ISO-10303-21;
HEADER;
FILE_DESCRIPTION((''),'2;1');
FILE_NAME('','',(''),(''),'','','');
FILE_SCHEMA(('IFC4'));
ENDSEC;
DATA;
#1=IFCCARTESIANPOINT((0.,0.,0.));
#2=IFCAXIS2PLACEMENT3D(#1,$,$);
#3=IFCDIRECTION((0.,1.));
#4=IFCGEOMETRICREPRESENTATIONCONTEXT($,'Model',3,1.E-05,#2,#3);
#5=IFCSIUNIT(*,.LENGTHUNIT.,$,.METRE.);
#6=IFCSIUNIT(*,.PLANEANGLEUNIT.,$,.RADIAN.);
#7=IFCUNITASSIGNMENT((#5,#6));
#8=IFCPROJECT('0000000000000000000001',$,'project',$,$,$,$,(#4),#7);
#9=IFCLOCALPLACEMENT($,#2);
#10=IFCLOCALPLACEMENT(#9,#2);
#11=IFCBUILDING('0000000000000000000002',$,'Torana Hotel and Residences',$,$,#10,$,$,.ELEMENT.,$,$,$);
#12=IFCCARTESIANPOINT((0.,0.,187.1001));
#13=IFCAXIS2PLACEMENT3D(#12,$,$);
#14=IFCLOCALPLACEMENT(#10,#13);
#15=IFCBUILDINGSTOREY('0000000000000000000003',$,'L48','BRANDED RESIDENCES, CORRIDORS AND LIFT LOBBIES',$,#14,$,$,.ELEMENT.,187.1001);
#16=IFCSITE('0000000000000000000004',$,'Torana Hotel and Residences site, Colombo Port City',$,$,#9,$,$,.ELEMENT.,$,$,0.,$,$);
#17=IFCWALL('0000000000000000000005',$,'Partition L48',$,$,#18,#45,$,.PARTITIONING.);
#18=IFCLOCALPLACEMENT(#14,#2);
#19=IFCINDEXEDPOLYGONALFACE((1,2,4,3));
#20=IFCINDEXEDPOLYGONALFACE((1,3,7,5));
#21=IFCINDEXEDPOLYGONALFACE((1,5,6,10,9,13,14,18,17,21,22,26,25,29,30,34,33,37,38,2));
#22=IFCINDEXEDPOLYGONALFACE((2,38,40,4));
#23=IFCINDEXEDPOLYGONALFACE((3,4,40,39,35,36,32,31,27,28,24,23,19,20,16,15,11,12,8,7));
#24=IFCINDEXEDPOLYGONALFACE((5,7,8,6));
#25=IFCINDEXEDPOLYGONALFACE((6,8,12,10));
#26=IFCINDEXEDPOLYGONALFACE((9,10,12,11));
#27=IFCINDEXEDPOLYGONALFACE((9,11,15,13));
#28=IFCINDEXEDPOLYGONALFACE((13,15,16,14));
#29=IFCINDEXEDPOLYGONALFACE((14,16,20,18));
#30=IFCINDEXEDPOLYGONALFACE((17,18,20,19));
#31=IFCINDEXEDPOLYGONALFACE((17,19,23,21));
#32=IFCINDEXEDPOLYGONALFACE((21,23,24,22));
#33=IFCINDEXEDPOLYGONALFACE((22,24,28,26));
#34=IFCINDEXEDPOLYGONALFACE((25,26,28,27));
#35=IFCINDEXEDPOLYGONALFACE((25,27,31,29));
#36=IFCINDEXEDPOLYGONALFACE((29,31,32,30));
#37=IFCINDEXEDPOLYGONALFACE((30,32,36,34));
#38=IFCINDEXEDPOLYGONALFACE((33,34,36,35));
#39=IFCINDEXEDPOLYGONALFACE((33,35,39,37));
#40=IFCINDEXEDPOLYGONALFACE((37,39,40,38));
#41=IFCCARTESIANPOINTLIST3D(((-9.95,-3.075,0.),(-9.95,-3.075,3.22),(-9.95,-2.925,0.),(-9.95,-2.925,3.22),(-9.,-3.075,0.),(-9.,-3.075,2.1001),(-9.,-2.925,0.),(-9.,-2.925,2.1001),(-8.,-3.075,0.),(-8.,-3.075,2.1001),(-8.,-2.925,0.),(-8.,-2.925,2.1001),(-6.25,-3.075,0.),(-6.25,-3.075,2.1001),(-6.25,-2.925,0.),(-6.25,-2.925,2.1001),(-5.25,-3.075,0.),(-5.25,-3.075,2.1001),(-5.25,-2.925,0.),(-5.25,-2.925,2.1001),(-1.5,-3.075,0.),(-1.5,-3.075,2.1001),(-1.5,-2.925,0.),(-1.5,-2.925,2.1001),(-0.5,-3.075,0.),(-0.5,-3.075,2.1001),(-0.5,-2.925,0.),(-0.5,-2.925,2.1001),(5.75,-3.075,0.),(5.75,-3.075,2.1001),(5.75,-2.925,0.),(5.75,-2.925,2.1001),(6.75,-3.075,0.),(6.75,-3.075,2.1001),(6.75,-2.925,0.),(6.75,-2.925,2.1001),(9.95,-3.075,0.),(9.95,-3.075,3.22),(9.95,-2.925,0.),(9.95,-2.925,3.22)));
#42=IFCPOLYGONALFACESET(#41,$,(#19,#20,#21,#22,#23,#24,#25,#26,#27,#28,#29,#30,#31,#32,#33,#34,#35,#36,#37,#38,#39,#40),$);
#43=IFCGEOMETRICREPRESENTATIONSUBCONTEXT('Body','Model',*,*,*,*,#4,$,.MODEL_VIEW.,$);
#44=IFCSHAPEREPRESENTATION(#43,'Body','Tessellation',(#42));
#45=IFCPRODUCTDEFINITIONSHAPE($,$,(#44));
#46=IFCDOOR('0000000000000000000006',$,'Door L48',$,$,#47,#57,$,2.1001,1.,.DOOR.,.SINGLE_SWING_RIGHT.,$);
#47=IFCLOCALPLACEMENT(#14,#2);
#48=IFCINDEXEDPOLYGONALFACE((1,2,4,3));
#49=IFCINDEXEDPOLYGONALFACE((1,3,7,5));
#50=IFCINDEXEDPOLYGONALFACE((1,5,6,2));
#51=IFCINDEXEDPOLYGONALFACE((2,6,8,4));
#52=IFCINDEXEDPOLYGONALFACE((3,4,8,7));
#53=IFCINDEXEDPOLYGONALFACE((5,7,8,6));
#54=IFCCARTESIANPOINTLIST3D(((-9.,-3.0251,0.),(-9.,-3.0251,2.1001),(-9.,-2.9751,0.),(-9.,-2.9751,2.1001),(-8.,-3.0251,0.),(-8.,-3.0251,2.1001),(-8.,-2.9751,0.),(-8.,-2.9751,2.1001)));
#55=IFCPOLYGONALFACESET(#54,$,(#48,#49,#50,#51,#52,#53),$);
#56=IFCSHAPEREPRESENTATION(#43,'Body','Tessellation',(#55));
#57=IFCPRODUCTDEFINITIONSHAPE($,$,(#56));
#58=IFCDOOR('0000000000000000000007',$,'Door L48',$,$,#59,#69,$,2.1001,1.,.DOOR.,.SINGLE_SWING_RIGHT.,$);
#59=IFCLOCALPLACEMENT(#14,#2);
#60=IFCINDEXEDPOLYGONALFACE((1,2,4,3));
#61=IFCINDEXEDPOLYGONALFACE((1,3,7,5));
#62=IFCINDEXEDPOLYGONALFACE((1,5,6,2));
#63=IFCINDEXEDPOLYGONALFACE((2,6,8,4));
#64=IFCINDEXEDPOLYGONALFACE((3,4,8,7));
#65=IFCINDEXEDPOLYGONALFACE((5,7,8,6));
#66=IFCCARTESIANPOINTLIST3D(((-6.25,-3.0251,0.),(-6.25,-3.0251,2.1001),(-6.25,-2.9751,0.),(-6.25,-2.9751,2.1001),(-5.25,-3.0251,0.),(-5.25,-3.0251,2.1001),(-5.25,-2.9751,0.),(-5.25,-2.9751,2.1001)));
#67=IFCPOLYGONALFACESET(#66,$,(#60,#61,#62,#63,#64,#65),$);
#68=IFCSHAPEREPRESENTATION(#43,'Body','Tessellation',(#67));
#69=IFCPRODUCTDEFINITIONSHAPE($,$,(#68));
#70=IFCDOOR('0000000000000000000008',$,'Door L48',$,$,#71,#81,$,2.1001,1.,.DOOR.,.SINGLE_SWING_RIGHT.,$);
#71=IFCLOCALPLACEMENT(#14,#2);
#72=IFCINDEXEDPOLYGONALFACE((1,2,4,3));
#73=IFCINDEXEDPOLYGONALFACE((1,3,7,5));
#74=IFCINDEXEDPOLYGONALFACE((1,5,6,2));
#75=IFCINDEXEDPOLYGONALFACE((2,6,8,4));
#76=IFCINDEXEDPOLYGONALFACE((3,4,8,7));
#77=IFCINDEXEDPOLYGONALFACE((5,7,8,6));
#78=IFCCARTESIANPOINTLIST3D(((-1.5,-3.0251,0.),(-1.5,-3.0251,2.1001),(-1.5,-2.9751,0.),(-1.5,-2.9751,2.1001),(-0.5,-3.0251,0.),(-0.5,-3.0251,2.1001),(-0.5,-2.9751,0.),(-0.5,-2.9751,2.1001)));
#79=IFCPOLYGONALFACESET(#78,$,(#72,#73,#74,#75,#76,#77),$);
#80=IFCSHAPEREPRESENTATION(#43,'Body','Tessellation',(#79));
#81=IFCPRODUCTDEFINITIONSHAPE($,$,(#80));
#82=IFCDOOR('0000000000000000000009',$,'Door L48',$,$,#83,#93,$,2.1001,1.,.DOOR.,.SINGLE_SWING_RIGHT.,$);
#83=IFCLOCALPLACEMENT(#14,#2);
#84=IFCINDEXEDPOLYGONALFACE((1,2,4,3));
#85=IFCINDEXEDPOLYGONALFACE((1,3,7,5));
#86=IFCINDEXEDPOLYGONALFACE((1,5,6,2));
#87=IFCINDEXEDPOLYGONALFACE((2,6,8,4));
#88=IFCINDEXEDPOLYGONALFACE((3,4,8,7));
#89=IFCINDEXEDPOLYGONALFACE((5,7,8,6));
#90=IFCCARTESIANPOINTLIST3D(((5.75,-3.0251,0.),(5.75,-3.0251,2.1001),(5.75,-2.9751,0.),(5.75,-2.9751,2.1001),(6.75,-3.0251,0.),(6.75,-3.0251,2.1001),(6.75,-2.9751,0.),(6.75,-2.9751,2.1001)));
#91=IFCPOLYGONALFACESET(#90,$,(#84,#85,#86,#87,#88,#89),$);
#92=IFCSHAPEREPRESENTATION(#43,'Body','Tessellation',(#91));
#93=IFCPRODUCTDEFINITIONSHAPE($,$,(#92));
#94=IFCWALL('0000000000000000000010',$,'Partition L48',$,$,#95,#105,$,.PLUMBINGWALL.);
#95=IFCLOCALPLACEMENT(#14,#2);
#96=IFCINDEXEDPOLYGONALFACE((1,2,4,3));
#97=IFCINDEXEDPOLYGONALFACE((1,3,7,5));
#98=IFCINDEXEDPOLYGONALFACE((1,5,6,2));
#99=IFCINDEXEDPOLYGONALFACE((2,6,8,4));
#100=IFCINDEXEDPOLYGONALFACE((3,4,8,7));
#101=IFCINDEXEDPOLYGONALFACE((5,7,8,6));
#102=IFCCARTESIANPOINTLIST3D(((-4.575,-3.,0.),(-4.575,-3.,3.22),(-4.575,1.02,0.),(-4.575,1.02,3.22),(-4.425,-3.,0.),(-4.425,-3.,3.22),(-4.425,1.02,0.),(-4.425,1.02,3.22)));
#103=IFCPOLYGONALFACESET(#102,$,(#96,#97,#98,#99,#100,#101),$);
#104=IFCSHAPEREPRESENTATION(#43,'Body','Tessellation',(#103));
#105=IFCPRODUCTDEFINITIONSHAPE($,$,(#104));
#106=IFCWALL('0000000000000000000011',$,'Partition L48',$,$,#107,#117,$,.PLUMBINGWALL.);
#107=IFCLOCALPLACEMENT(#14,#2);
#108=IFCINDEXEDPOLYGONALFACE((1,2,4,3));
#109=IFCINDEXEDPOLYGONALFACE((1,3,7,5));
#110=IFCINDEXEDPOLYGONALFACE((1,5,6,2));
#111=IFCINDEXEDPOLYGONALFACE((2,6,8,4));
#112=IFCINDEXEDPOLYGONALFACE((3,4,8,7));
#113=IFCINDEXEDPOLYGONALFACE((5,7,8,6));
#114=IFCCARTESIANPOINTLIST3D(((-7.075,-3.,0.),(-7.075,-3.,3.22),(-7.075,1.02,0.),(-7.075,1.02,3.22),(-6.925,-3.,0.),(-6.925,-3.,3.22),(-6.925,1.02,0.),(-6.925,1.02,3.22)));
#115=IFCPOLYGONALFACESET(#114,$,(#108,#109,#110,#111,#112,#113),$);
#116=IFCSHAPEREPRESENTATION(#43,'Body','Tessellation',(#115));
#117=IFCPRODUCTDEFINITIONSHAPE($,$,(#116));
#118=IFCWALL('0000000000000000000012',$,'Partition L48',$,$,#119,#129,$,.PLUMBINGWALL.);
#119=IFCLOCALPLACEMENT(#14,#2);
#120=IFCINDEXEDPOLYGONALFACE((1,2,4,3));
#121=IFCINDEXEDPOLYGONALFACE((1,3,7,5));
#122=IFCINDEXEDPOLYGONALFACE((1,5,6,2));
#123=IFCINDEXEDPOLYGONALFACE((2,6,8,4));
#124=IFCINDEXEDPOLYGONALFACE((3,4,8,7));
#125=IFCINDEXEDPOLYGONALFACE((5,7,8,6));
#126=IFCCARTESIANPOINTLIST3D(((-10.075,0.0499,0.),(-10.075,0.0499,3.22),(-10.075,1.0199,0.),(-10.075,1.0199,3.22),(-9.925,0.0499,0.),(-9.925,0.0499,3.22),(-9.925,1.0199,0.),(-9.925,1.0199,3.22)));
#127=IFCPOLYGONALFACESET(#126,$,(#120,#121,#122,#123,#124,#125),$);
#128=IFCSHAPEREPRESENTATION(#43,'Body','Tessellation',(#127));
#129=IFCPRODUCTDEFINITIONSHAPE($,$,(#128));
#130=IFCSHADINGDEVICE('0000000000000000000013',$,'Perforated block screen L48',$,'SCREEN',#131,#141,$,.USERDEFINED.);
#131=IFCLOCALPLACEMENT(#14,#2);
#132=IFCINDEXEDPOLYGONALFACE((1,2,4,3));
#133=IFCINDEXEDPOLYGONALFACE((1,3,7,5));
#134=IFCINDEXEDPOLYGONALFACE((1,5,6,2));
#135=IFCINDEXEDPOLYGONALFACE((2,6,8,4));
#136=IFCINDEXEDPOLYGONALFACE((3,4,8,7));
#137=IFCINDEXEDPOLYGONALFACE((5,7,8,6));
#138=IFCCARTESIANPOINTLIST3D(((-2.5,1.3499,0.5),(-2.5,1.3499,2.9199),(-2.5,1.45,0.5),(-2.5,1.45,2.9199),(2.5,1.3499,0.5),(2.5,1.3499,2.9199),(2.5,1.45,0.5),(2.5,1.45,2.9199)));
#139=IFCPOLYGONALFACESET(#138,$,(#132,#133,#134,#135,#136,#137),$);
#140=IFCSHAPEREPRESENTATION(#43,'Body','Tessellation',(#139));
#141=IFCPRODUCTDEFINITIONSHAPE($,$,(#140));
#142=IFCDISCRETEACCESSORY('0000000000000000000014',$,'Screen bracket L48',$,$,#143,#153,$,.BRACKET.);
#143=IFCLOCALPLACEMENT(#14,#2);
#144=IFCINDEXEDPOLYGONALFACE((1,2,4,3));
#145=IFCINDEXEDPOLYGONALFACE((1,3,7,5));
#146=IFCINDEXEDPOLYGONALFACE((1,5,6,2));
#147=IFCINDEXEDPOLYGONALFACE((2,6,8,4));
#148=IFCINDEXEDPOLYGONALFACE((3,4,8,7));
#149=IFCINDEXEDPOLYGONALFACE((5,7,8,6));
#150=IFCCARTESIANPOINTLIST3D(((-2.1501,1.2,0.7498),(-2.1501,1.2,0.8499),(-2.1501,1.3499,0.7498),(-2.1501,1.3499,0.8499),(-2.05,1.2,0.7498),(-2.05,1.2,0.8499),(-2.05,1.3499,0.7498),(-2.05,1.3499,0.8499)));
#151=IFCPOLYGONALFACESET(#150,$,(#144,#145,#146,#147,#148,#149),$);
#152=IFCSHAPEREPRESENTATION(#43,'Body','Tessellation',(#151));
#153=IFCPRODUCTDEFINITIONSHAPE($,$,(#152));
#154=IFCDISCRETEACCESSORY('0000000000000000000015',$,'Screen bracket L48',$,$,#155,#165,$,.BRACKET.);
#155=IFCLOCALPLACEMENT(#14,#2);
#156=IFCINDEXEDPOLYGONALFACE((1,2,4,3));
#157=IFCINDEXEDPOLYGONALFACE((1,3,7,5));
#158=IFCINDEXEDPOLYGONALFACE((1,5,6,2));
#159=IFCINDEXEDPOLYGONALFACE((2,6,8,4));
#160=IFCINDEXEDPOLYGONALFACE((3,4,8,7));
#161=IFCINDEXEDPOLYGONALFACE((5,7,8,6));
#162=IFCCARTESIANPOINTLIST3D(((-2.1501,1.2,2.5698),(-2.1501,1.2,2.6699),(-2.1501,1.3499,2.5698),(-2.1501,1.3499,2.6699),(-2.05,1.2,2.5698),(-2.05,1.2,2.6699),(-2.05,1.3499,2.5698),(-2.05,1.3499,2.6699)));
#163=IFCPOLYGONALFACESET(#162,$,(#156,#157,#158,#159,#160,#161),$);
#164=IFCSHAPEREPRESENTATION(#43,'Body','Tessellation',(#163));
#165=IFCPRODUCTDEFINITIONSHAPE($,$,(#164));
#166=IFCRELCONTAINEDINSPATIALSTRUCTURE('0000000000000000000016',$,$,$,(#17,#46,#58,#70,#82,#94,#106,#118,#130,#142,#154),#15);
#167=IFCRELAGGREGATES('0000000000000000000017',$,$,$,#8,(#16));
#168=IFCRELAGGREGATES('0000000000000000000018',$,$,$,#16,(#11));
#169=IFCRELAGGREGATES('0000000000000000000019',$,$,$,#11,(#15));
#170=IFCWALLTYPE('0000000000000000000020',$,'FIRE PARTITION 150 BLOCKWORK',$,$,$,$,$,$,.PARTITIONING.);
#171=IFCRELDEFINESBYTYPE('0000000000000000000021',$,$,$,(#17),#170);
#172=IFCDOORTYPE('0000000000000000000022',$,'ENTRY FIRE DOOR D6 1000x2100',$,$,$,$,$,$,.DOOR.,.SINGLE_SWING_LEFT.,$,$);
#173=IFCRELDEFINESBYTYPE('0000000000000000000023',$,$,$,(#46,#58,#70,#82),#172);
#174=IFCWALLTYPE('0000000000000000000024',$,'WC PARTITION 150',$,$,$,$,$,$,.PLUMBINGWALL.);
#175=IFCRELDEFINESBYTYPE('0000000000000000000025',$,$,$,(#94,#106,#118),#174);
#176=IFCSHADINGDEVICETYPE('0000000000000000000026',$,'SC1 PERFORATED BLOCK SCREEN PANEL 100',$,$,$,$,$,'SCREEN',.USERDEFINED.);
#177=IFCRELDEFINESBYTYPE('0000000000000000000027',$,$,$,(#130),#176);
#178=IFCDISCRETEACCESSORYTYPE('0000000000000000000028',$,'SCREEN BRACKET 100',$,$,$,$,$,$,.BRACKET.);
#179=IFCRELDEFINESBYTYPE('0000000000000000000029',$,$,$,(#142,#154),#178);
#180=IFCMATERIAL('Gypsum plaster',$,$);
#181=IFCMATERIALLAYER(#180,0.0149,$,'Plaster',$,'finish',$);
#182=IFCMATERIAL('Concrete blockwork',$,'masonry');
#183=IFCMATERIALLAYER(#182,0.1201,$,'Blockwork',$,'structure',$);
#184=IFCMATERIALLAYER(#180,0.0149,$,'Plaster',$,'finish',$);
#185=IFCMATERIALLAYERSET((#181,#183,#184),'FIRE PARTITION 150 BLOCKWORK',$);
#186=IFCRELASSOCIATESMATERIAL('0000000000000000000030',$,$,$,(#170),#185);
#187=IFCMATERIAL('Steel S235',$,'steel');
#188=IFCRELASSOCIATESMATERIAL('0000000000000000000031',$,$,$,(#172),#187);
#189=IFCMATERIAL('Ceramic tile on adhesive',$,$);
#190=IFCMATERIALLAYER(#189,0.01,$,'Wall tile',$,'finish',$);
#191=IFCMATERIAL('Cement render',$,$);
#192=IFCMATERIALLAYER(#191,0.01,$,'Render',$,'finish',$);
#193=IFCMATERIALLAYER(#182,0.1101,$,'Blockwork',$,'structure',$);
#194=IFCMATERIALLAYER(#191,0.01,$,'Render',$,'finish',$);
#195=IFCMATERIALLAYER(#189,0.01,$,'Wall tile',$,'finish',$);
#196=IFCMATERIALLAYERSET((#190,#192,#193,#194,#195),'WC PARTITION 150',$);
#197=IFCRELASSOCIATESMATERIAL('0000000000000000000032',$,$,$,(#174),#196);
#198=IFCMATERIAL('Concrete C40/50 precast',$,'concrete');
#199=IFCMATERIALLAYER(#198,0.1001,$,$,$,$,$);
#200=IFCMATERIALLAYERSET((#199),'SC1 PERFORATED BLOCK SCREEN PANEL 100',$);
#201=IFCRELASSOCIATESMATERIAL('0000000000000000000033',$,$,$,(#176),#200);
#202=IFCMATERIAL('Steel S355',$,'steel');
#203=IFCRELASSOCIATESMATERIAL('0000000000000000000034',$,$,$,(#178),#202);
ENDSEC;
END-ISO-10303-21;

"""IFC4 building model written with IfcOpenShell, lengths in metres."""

from ifc_helpers import new_model, si_unit, direction, frame, frame_2d, origin, origin_2d, place, context, subcontext, project, spatial, rectangle, extrude, material, layer, layer_set, type_object, element, fill, save


model = new_model("IFC4")

# Units and contexts
model_context = context("Model", 3, precision=1e-05, world=origin(), true_north=direction((0.0, 1.0)))
body_context = subcontext(model_context, "Body", "Model", "MODEL_VIEW")
ifc_project = project(units=[si_unit("LENGTHUNIT", "METRE"), si_unit("PLANEANGLEUNIT", "RADIAN")], contexts=[model_context])

# Site, building, storey
site_placement = place(None, origin())
site = spatial("IfcSite", under=ifc_project, at=site_placement, Name="Torana Hotel and Residences site, Colombo Port City", CompositionType="ELEMENT", RefElevation=0.0)
building_placement = place(site_placement, origin())
building = spatial("IfcBuilding", under=site, at=building_placement, Name="Torana Hotel and Residences", CompositionType="ELEMENT")
storey_placement = place(building_placement, frame((0.0, 0.0, 187.1001)))
storey = spatial("IfcBuildingStorey", under=building, at=storey_placement, Name="L48", Description="BRANDED RESIDENCES, CORRIDORS AND LIFT LOBBIES", CompositionType="ELEMENT", Elevation=187.1001)

# Shared definitions
ifc_material_1 = material(Name="Gypsum plaster")
ifc_layer_1 = layer(ifc_material_1, 0.0149, Name="Plaster", Category="finish")
ifc_material_2 = material(Name="Concrete blockwork", Category="masonry")
ifc_layer_2 = layer(ifc_material_2, 0.1201, Name="Blockwork", Category="structure")
ifc_layer_3 = layer(ifc_material_1, 0.0149, Name="Plaster", Category="finish")
ifc_layer_set_1 = layer_set([ifc_layer_1, ifc_layer_2, ifc_layer_3], Name="FIRE PARTITION 150 BLOCKWORK")
wall_type_1 = type_object("IfcWallType", Name="FIRE PARTITION 150 BLOCKWORK", PredefinedType="PARTITIONING", material=ifc_layer_set_1)

# Wall, openings, doors
ifc_material_3 = material(Name="Steel S235", Category="steel")
door_type = type_object("IfcDoorType", Name="ENTRY FIRE DOOR D6 1000x2100", OperationType="SINGLE_SWING_LEFT", PredefinedType="DOOR", material=ifc_material_3)
wall_1_placement = place(storey_placement, frame((-9.95, -3.0, 0.0), z_axis=(0.0, 0.0, 1.0), x_axis=(1.0, 0.0, 0.0)))
wall_1 = element("IfcWall", 1, at=wall_1_placement, inside=storey, type_object=wall_type_1, Name="Partition L48", PredefinedType="PARTITIONING", context=body_context, shape_type="SweptSolid", body=[
    extrude(rectangle(XDim=19.8999, YDim=0.1499, at=frame_2d((9.95, 0.0))), origin(), (0.0, 0.0, 1.0), 3.22),
])
opening_1_placement = place(wall_1_placement, frame((0.95, 0.0, 0.0)))
opening_1 = element("IfcOpeningElement", 2, at=opening_1_placement, cuts=wall_1, PredefinedType="OPENING", context=body_context, shape_type="SweptSolid", body=[
    extrude(rectangle(XDim=1.0, YDim=2.1001, at=frame_2d((0.5, 1.05))), frame((0.0, 0.085, 0.0), z_axis=(0.0, -1.0, 0.0), x_axis=(1.0, 0.0, 0.0)), (0.0, 0.0, 1.0), 0.1699),
])
opening_2_placement = place(wall_1_placement, frame((3.7, 0.0, 0.0)))
opening_2 = element("IfcOpeningElement", 3, at=opening_2_placement, cuts=wall_1, PredefinedType="OPENING", context=body_context, shape_type="SweptSolid", body=[
    extrude(rectangle(XDim=1.0, YDim=2.1001, at=frame_2d((0.5, 1.05))), frame((0.0, 0.085, 0.0), z_axis=(0.0, -1.0, 0.0), x_axis=(1.0, 0.0, 0.0)), (0.0, 0.0, 1.0), 0.1699),
])
opening_3_placement = place(wall_1_placement, frame((8.45, 0.0, 0.0)))
opening_3 = element("IfcOpeningElement", 4, at=opening_3_placement, cuts=wall_1, PredefinedType="OPENING", context=body_context, shape_type="SweptSolid", body=[
    extrude(rectangle(XDim=1.0, YDim=2.1001, at=frame_2d((0.5, 1.05))), frame((0.0, 0.085, 0.0), z_axis=(0.0, -1.0, 0.0), x_axis=(1.0, 0.0, 0.0)), (0.0, 0.0, 1.0), 0.1699),
])
opening_4_placement = place(wall_1_placement, frame((15.7, 0.0, 0.0)))
opening_4 = element("IfcOpeningElement", 5, at=opening_4_placement, cuts=wall_1, PredefinedType="OPENING", context=body_context, shape_type="SweptSolid", body=[
    extrude(rectangle(XDim=1.0, YDim=2.1001, at=frame_2d((0.5, 1.05))), frame((0.0, 0.085, 0.0), z_axis=(0.0, -1.0, 0.0), x_axis=(1.0, 0.0, 0.0)), (0.0, 0.0, 1.0), 0.1699),
])
door_1_placement = place(opening_1_placement, origin())
door_1 = element("IfcDoor", 6, at=door_1_placement, inside=storey, type_object=door_type, Name="Door L48", OperationType="SINGLE_SWING_RIGHT", OverallHeight=2.1001, OverallWidth=1.0, PredefinedType="DOOR", context=body_context, shape_type="SweptSolid", body=[
    extrude(rectangle(XDim=1.0, YDim=2.1001, at=frame_2d((0.5, 1.05))), frame((0.0, 0.0249, 0.0), z_axis=(0.0, -1.0, 0.0), x_axis=(1.0, 0.0, 0.0)), (0.0, 0.0, 1.0), 0.05),
])
fill(opening_1, door_1)
door_2_placement = place(opening_2_placement, origin())
door_2 = element("IfcDoor", 7, at=door_2_placement, inside=storey, type_object=door_type, Name="Door L48", OperationType="SINGLE_SWING_RIGHT", OverallHeight=2.1001, OverallWidth=1.0, PredefinedType="DOOR", context=body_context, shape_type="SweptSolid", body=[
    extrude(rectangle(XDim=1.0, YDim=2.1001, at=frame_2d((0.5, 1.05))), frame((0.0, 0.0249, 0.0), z_axis=(0.0, -1.0, 0.0), x_axis=(1.0, 0.0, 0.0)), (0.0, 0.0, 1.0), 0.05),
])
fill(opening_2, door_2)
door_3_placement = place(opening_3_placement, origin())
door_3 = element("IfcDoor", 8, at=door_3_placement, inside=storey, type_object=door_type, Name="Door L48", OperationType="SINGLE_SWING_RIGHT", OverallHeight=2.1001, OverallWidth=1.0, PredefinedType="DOOR", context=body_context, shape_type="SweptSolid", body=[
    extrude(rectangle(XDim=1.0, YDim=2.1001, at=frame_2d((0.5, 1.05))), frame((0.0, 0.0249, 0.0), z_axis=(0.0, -1.0, 0.0), x_axis=(1.0, 0.0, 0.0)), (0.0, 0.0, 1.0), 0.05),
])
fill(opening_3, door_3)
door_4_placement = place(opening_4_placement, origin())
door_4 = element("IfcDoor", 9, at=door_4_placement, inside=storey, type_object=door_type, Name="Door L48", OperationType="SINGLE_SWING_RIGHT", OverallHeight=2.1001, OverallWidth=1.0, PredefinedType="DOOR", context=body_context, shape_type="SweptSolid", body=[
    extrude(rectangle(XDim=1.0, YDim=2.1001, at=frame_2d((0.5, 1.05))), frame((0.0, 0.0249, 0.0), z_axis=(0.0, -1.0, 0.0), x_axis=(1.0, 0.0, 0.0)), (0.0, 0.0, 1.0), 0.05),
])
fill(opening_4, door_4)

# Walls
ifc_material_4 = material(Name="Ceramic tile on adhesive")
ifc_layer_4 = layer(ifc_material_4, 0.01, Name="Wall tile", Category="finish")
ifc_material_5 = material(Name="Cement render")
ifc_layer_5 = layer(ifc_material_5, 0.01, Name="Render", Category="finish")
ifc_layer_6 = layer(ifc_material_2, 0.1101, Name="Blockwork", Category="structure")
ifc_layer_7 = layer(ifc_material_5, 0.01, Name="Render", Category="finish")
ifc_layer_8 = layer(ifc_material_4, 0.01, Name="Wall tile", Category="finish")
ifc_layer_set_2 = layer_set([ifc_layer_4, ifc_layer_5, ifc_layer_6, ifc_layer_7, ifc_layer_8], Name="WC PARTITION 150")
wall_type_2 = type_object("IfcWallType", Name="WC PARTITION 150", PredefinedType="PLUMBINGWALL", material=ifc_layer_set_2)
for number, where, z_axis, x_axis, name in (
    (10, (-4.5, -3.0, 0.0), (0.0, 0.0, 1.0), (0.0, 1.0, 0.0), "Partition L48"),
    (11, (-7.0, -3.0, 0.0), (0.0, 0.0, 1.0), (0.0, 1.0, 0.0), "Partition L48"),
):
    element("IfcWall", number, at=place(storey_placement, frame(where, z_axis=z_axis, x_axis=x_axis)), inside=storey, type_object=wall_type_2, Name=name, PredefinedType="PLUMBINGWALL", context=body_context, shape_type="SweptSolid", body=[
        extrude(rectangle(XDim=4.02, YDim=0.1499, at=frame_2d((2.01, 0.0))), origin(), (0.0, 0.0, 1.0), 3.22),
    ])
wall_2_placement = place(storey_placement, frame((-10.0, 0.05, 0.0), z_axis=(0.0, 0.0, 1.0), x_axis=(0.0, 1.0, 0.0)))
element("IfcWall", 12, at=wall_2_placement, inside=storey, type_object=wall_type_2, Name="Partition L48", PredefinedType="PLUMBINGWALL", context=body_context, shape_type="SweptSolid", body=[
    extrude(rectangle(XDim=0.97, YDim=0.1499, at=frame_2d((0.4849, 0.0))), origin(), (0.0, 0.0, 1.0), 3.22),
])

# Shading device
ifc_material_6 = material(Name="Concrete C40/50 precast", Category="concrete")
ifc_layer_9 = layer(ifc_material_6, 0.1001)
ifc_layer_set_3 = layer_set([ifc_layer_9], Name="SC1 PERFORATED BLOCK SCREEN PANEL 100")
shading_device_type = type_object("IfcShadingDeviceType", Name="SC1 PERFORATED BLOCK SCREEN PANEL 100", ElementType="SCREEN", PredefinedType="USERDEFINED", material=ifc_layer_set_3)
shading_device_placement = place(storey_placement, frame((0.0, 1.3999, 0.5), z_axis=(0.0, 0.0, 1.0), x_axis=(-1.0, 0.0, 0.0)))
element("IfcShadingDevice", 13, at=shading_device_placement, inside=storey, type_object=shading_device_type, Name="Perforated block screen L48", ObjectType="SCREEN", PredefinedType="USERDEFINED", context=body_context, shape_type="SweptSolid", body=[
    extrude(rectangle(XDim=5.0, YDim=0.1001, at=origin_2d()), origin(), (0.0, 0.0, 1.0), 2.4199),
])

# Discrete accessories
ifc_material_7 = material(Name="Steel S355", Category="steel")
discrete_accessory_type = type_object("IfcDiscreteAccessoryType", Name="SCREEN BRACKET 100", PredefinedType="BRACKET", material=ifc_material_7)
for number, where, z_axis, x_axis, name in (
    (14, (-2.1001, 1.2749, 0.7498), (0.0, 0.0, 1.0), (-1.0, 0.0, 0.0), "Screen bracket L48"),
    (15, (-2.1001, 1.2749, 2.5698), (0.0, 0.0, 1.0), (-1.0, 0.0, 0.0), "Screen bracket L48"),
):
    element("IfcDiscreteAccessory", number, at=place(storey_placement, frame(where, z_axis=z_axis, x_axis=x_axis)), inside=storey, type_object=discrete_accessory_type, Name=name, PredefinedType="BRACKET", context=body_context, shape_type="SweptSolid", body=[
        extrude(rectangle(XDim=0.1001, YDim=0.1499, at=origin_2d()), origin(), (0.0, 0.0, 1.0), 0.1001),
    ])

save(model, "model.ifc")
